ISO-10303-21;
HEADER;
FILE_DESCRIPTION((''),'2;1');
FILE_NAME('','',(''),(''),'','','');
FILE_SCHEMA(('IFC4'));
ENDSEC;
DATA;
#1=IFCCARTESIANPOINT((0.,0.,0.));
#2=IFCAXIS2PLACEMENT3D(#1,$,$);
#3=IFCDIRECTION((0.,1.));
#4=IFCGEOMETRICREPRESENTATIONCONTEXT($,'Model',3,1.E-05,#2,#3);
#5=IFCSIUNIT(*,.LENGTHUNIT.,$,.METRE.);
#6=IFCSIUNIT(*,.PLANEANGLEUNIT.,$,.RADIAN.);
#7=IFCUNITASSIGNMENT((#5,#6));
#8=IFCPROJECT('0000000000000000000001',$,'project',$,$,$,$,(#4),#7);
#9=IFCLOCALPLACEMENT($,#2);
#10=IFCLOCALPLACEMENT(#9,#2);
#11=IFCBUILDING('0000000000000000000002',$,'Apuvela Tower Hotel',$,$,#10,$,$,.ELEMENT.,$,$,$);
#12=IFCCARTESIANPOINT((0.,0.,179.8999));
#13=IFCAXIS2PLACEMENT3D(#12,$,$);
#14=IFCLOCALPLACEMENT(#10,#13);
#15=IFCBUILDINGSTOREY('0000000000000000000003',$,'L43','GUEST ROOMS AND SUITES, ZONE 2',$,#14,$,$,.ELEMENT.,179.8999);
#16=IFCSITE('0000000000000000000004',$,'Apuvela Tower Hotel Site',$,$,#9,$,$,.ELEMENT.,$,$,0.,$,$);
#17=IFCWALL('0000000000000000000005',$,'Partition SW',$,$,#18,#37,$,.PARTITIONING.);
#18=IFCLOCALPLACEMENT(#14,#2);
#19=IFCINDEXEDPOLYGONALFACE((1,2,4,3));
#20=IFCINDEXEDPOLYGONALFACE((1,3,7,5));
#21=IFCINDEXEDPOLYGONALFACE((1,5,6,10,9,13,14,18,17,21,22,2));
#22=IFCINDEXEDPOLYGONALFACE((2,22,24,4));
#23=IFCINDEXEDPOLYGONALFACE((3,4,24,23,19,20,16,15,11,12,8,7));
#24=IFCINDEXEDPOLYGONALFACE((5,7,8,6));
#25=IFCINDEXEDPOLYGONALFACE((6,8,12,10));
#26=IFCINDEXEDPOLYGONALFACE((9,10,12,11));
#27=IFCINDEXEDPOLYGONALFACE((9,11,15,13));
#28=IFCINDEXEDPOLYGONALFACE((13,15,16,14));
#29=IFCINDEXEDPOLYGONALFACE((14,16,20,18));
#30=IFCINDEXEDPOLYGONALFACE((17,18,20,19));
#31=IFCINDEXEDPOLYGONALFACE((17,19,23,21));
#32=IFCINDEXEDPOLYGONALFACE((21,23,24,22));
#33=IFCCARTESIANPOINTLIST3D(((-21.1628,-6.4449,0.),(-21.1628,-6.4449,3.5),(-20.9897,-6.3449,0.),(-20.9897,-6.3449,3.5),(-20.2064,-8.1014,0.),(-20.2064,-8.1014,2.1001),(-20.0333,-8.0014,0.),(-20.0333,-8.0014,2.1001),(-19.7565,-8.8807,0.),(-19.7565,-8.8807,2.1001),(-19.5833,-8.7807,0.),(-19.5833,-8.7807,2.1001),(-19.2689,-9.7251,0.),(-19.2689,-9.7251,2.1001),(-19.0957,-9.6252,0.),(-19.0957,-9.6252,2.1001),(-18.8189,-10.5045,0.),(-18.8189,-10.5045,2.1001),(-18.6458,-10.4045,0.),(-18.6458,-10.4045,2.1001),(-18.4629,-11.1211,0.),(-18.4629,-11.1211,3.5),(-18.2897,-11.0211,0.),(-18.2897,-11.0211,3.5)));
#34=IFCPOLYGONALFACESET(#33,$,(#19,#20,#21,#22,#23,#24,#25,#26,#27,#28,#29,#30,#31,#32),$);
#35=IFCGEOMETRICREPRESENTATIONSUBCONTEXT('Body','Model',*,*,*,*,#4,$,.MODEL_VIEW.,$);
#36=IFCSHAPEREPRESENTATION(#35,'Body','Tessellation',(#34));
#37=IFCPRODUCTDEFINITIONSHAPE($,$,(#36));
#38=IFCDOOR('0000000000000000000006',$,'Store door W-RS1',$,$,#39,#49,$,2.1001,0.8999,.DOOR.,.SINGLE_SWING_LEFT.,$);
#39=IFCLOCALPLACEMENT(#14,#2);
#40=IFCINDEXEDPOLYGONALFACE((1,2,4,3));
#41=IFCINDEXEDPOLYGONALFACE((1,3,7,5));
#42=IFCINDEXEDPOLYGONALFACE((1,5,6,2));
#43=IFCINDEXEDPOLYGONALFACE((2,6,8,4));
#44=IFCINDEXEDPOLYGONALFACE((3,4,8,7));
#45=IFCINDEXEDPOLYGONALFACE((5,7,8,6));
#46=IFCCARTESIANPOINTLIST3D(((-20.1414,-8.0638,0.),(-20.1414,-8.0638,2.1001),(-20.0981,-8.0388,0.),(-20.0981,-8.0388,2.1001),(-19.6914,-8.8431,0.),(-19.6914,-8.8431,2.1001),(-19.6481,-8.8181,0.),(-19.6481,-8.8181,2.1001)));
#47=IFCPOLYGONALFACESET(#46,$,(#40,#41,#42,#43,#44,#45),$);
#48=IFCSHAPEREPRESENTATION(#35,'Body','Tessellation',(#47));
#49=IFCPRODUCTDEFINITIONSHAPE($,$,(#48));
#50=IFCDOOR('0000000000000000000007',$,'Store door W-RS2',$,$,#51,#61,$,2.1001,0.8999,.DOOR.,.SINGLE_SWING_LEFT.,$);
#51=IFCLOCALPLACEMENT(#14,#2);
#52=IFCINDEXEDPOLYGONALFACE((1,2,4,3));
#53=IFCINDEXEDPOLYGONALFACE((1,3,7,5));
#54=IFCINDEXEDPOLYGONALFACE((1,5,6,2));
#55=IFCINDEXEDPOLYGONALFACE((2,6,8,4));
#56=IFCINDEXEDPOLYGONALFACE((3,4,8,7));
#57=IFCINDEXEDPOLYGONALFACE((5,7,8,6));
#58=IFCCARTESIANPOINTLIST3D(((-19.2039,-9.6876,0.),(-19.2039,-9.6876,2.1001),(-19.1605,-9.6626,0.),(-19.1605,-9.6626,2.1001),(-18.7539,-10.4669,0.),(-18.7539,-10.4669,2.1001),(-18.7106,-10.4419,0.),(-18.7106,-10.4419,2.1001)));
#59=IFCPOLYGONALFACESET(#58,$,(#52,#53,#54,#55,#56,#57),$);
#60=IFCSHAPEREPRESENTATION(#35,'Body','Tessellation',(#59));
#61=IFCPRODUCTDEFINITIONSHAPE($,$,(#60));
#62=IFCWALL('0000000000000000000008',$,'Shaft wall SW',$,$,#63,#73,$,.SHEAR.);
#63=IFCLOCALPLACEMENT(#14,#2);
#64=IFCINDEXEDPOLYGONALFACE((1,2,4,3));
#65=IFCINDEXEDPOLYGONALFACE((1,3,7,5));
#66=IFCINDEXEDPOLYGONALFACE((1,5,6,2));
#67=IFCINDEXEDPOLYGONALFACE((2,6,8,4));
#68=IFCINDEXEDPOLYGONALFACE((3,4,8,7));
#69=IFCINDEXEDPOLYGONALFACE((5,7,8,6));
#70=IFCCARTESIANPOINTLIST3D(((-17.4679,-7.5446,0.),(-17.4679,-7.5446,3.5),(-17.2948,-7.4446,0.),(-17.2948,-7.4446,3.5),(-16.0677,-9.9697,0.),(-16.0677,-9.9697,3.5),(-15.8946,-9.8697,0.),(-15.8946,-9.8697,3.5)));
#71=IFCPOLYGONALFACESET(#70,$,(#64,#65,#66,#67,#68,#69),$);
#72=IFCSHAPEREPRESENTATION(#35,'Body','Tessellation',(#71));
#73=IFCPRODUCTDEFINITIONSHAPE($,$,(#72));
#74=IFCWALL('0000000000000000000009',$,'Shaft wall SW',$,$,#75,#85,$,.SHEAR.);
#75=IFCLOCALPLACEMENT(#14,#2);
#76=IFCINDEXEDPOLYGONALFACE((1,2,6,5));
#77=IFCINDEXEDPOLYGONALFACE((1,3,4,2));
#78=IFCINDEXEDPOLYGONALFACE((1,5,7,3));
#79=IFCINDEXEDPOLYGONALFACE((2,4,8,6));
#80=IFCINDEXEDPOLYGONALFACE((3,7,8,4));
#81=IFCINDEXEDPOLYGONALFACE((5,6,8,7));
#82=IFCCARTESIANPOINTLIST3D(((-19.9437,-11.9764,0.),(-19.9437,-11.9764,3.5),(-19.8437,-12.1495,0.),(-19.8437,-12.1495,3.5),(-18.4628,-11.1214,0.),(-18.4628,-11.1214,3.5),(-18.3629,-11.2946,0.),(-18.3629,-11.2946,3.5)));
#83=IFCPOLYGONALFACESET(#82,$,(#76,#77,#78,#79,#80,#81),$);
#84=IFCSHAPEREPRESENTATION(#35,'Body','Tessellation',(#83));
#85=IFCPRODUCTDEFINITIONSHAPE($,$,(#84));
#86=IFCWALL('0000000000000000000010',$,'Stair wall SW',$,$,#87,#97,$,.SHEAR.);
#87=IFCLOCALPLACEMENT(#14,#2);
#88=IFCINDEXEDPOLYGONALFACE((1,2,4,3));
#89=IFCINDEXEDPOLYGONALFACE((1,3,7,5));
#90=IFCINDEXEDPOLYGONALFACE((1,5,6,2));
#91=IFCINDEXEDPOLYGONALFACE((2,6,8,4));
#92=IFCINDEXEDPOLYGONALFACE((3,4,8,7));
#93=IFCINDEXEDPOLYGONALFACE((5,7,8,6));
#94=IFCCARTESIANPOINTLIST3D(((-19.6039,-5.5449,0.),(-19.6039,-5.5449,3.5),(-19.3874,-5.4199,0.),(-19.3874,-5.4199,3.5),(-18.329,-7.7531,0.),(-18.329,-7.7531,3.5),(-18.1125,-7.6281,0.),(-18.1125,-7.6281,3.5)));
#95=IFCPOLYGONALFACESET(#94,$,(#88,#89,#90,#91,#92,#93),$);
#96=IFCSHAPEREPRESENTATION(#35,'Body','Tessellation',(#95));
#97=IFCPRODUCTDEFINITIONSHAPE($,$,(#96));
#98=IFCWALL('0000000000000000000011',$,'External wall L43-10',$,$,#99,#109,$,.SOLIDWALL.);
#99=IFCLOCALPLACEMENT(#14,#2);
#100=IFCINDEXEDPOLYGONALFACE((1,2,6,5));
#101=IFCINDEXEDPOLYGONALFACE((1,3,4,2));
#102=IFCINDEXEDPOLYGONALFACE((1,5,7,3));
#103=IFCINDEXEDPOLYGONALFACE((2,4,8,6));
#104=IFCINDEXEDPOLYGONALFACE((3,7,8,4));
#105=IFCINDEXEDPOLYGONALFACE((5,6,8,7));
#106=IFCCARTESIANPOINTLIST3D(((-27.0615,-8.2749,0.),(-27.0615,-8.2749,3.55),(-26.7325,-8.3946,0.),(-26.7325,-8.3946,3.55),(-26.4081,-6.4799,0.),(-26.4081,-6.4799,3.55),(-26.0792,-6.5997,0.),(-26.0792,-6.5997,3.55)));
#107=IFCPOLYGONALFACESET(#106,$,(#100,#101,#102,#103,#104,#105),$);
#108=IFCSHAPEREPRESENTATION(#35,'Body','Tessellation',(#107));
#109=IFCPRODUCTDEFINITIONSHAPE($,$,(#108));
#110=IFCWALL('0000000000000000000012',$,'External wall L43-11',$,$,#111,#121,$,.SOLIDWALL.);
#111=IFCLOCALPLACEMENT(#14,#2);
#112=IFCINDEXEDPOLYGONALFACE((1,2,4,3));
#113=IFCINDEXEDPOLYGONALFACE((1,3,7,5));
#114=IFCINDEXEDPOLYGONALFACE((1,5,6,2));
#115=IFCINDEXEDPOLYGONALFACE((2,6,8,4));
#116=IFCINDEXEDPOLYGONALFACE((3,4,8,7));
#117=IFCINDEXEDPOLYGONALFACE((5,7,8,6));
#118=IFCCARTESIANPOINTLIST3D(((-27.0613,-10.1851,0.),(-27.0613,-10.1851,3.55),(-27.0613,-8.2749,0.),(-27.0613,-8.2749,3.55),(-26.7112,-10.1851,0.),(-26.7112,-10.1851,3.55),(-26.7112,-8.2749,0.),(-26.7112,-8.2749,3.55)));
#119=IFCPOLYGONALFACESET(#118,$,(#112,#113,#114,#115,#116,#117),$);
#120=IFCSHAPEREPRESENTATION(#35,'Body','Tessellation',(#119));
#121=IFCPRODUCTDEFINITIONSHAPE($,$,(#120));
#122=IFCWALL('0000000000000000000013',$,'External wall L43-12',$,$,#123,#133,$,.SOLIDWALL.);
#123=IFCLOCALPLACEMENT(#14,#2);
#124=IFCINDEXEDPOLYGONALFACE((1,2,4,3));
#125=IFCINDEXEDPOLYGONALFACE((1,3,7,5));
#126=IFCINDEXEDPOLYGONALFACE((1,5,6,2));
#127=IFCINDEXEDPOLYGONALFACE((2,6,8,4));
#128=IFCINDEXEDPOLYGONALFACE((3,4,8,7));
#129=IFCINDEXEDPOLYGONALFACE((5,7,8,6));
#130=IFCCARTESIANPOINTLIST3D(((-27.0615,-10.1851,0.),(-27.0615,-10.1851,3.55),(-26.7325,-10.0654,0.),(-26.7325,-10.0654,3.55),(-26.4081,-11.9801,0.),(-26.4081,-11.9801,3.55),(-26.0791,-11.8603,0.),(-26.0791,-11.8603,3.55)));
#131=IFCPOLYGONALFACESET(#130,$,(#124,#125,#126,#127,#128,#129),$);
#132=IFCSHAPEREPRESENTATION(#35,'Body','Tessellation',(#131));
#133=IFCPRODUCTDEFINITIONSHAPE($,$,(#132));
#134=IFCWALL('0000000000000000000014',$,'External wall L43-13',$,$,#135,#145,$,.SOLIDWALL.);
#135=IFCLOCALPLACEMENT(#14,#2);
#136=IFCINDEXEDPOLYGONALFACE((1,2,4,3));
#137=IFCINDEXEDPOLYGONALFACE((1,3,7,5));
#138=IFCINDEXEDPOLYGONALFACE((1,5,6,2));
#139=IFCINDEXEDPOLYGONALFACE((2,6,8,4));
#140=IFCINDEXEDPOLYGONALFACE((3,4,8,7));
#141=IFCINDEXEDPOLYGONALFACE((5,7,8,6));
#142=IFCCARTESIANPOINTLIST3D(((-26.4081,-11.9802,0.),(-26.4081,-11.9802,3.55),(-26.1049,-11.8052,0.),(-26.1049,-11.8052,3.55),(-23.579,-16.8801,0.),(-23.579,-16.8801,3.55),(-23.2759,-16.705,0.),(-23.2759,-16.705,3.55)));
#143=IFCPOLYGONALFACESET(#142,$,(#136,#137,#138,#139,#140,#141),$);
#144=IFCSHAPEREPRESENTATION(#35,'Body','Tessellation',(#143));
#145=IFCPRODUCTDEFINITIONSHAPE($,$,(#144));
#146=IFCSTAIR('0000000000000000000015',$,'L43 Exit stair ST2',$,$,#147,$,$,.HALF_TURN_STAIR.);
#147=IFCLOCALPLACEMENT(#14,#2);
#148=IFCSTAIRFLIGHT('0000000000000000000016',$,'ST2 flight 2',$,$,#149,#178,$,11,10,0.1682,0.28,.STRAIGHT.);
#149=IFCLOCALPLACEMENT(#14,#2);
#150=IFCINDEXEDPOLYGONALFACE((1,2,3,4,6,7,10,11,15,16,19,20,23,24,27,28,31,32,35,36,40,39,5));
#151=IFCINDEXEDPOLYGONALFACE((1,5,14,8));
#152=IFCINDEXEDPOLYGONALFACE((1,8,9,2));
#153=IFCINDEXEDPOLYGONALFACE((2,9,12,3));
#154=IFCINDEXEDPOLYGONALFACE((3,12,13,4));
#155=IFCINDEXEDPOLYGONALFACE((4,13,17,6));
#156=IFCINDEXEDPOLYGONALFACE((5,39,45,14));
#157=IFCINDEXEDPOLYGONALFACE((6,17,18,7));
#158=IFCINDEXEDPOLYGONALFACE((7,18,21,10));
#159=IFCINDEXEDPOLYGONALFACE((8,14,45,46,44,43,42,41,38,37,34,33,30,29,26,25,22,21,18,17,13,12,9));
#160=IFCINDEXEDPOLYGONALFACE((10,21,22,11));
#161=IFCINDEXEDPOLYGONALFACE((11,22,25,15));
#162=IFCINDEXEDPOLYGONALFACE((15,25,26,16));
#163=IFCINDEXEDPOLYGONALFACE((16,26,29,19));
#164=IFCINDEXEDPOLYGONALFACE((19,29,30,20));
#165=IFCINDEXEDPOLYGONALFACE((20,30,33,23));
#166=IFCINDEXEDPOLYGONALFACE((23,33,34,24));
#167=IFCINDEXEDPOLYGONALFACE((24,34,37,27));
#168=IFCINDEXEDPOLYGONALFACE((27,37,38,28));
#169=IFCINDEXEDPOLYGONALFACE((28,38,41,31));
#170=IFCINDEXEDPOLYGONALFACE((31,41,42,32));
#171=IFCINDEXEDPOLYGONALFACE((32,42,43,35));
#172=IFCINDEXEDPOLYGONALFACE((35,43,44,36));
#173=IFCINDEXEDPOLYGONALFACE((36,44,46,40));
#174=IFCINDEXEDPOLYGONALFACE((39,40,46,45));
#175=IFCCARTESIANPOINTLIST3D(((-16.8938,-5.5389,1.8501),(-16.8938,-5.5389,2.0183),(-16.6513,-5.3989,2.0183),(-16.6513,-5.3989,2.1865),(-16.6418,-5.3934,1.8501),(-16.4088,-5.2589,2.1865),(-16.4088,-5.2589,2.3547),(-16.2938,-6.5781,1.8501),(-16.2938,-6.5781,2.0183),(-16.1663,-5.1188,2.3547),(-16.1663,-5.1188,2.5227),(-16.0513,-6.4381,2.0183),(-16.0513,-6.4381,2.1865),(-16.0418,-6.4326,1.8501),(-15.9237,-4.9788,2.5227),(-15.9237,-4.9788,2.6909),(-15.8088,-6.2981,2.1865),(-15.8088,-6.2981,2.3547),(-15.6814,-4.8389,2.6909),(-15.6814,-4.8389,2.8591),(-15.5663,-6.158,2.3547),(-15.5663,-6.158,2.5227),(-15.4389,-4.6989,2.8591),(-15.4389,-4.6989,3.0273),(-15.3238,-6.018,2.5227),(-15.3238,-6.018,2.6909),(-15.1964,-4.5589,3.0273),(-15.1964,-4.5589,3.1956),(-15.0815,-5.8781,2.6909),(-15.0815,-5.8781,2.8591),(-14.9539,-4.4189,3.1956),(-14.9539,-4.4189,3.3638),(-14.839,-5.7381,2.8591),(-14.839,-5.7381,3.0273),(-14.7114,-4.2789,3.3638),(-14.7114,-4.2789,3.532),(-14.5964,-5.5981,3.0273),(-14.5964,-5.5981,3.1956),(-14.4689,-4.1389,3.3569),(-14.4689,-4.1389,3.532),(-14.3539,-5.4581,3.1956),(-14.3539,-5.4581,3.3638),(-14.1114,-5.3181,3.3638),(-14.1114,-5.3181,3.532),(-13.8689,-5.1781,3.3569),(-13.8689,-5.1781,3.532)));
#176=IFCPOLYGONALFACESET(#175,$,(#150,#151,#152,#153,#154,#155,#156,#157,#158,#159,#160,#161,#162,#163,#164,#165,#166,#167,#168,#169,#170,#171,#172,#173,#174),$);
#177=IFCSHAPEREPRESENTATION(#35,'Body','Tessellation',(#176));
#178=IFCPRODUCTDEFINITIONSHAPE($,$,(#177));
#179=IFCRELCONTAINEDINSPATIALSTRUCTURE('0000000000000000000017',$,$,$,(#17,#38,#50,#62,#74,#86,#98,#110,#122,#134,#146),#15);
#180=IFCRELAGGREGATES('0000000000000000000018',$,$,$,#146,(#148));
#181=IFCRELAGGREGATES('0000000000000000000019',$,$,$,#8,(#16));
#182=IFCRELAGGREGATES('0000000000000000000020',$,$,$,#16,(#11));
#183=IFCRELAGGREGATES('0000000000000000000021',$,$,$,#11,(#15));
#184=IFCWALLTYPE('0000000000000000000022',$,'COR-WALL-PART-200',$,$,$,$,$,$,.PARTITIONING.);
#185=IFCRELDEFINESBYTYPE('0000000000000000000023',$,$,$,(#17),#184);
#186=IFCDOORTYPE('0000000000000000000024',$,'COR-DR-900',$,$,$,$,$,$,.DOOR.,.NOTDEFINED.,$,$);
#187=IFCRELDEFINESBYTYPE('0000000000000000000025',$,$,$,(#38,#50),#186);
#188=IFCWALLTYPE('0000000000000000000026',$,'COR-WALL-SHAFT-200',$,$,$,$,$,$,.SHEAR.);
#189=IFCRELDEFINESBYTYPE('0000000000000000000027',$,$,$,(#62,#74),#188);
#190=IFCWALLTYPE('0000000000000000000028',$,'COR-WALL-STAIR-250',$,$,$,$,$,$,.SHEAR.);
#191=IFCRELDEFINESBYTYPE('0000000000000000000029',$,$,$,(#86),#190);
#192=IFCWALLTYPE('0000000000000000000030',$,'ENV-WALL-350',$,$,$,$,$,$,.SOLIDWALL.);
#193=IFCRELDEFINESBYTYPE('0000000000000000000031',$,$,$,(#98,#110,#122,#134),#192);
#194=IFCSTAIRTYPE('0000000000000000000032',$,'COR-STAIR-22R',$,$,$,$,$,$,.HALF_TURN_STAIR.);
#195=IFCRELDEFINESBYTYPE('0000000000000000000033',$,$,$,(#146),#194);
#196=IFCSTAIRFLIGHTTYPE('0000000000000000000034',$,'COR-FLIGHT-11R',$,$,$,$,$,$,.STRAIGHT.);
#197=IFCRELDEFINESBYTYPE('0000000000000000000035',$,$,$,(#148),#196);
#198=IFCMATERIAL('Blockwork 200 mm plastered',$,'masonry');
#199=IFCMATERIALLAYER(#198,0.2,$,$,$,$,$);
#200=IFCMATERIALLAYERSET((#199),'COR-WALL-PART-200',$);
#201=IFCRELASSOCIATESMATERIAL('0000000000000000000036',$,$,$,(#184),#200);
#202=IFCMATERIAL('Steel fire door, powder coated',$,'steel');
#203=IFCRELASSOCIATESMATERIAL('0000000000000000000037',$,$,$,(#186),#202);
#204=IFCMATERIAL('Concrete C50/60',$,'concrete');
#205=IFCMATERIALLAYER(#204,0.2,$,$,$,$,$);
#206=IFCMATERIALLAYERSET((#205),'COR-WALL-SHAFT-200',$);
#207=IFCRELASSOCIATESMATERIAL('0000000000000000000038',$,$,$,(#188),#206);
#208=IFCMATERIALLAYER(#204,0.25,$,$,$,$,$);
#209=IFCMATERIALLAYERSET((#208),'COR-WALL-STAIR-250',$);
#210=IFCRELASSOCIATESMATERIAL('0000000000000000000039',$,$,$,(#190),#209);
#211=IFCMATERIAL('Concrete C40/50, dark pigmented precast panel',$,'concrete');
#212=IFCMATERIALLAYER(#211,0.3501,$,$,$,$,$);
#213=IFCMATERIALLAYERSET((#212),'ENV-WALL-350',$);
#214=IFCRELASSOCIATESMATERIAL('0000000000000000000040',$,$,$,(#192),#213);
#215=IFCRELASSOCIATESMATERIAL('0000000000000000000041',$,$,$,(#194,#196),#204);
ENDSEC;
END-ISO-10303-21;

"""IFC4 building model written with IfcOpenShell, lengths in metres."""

from ifc_helpers import new_model, si_unit, direction, frame, frame_2d, origin, place, context, subcontext, project, spatial, polyline, rectangle, outline, extrude, material, layer, layer_set, type_object, element, fill, aggregate, save


model = new_model("IFC4")

# Units and contexts
model_context = context("Model", 3, precision=1e-05, world=origin(), true_north=direction((0.0, 1.0)))
body_context = subcontext(model_context, "Body", "Model", "MODEL_VIEW")
ifc_project = project(units=[si_unit("LENGTHUNIT", "METRE"), si_unit("PLANEANGLEUNIT", "RADIAN")], contexts=[model_context])

# Site, building, storey
site_placement = place(None, origin())
site = spatial("IfcSite", under=ifc_project, at=site_placement, Name="Apuvela Tower Hotel Site", CompositionType="ELEMENT", RefElevation=0.0)
building_placement = place(site_placement, origin())
building = spatial("IfcBuilding", under=site, at=building_placement, Name="Apuvela Tower Hotel", CompositionType="ELEMENT")
storey_placement = place(building_placement, frame((0.0, 0.0, 179.8999)))
storey = spatial("IfcBuildingStorey", under=building, at=storey_placement, Name="L43", Description="GUEST ROOMS AND SUITES, ZONE 2", CompositionType="ELEMENT", Elevation=179.8999)

# Wall, openings, doors
ifc_material_1 = material(Name="Blockwork 200 mm plastered", Category="masonry")
ifc_layer_1 = layer(ifc_material_1, 0.2)
ifc_layer_set_1 = layer_set([ifc_layer_1], Name="COR-WALL-PART-200")
wall_type_1 = type_object("IfcWallType", Name="COR-WALL-PART-200", PredefinedType="PARTITIONING", material=ifc_layer_set_1)
wall_1_placement = place(storey_placement, frame((-21.0762, -6.395, 0.0), z_axis=(0.0, 0.0, 1.0), x_axis=(0.500015, -0.866017, 0.0)))
wall_1 = element("IfcWall", 1, at=wall_1_placement, inside=storey, type_object=wall_type_1, Name="Partition SW", PredefinedType="PARTITIONING", context=body_context, shape_type="SweptSolid", body=[
    extrude(rectangle(XDim=5.3997, YDim=0.2, at=frame_2d((2.6997, 0.0))), origin(), (0.0, 0.0, 1.0), 3.5),
])
opening_1_placement = place(wall_1_placement, frame((1.9126, 0.0, 0.0)))
opening_1 = element("IfcOpeningElement", 2, at=opening_1_placement, cuts=wall_1, PredefinedType="OPENING", context=body_context, shape_type="SweptSolid", body=[
    extrude(rectangle(XDim=0.8999, YDim=2.1001, at=frame_2d((0.45, 1.05))), frame((0.0, 0.1099, 0.0), z_axis=(0.0, -1.0, 0.0), x_axis=(1.0, 0.0, 0.0)), (0.0, 0.0, 1.0), 0.22),
])
opening_2_placement = place(wall_1_placement, frame((3.7876, 0.0, 0.0)))
opening_2 = element("IfcOpeningElement", 3, at=opening_2_placement, cuts=wall_1, PredefinedType="OPENING", context=body_context, shape_type="SweptSolid", body=[
    extrude(rectangle(XDim=0.8999, YDim=2.1001, at=frame_2d((0.45, 1.05))), frame((0.0, 0.1099, 0.0), z_axis=(0.0, -1.0, 0.0), x_axis=(1.0, 0.0, 0.0)), (0.0, 0.0, 1.0), 0.22),
])
ifc_material_2 = material(Name="Steel fire door, powder coated", Category="steel")
door_type_1 = type_object("IfcDoorType", Name="COR-DR-900", OperationType="NOTDEFINED", PredefinedType="DOOR", material=ifc_material_2)
door_1_placement = place(opening_1_placement, frame((0.8999, 0.0, 0.0), z_axis=(0.0, 0.0, 1.0), x_axis=(-1.0, 0.0, 0.0)))
door_1 = element("IfcDoor", 4, at=door_1_placement, inside=storey, type_object=door_type_1, Name="Store door W-RS1", OperationType="SINGLE_SWING_LEFT", OverallHeight=2.1001, OverallWidth=0.8999, PredefinedType="DOOR", context=body_context, shape_type="SweptSolid", body=[
    extrude(rectangle(XDim=0.8999, YDim=2.1001, at=frame_2d((0.45, 1.05))), frame((0.0, 0.0249, 0.0), z_axis=(0.0, -1.0, 0.0), x_axis=(1.0, 0.0, 0.0)), (0.0, 0.0, 1.0), 0.05),
])
fill(opening_1, door_1)
door_2_placement = place(opening_2_placement, frame((0.8999, 0.0, 0.0), z_axis=(0.0, 0.0, 1.0), x_axis=(-1.0, 0.0, 0.0)))
door_2 = element("IfcDoor", 5, at=door_2_placement, inside=storey, type_object=door_type_1, Name="Store door W-RS2", OperationType="SINGLE_SWING_LEFT", OverallHeight=2.1001, OverallWidth=0.8999, PredefinedType="DOOR", context=body_context, shape_type="SweptSolid", body=[
    extrude(rectangle(XDim=0.8999, YDim=2.1001, at=frame_2d((0.45, 1.05))), frame((0.0, 0.0249, 0.0), z_axis=(0.0, -1.0, 0.0), x_axis=(1.0, 0.0, 0.0)), (0.0, 0.0, 1.0), 0.05),
])
fill(opening_2, door_2)

# Walls
ifc_material_3 = material(Name="Concrete C50/60", Category="concrete")
ifc_layer_2 = layer(ifc_material_3, 0.2)
ifc_layer_set_2 = layer_set([ifc_layer_2], Name="COR-WALL-SHAFT-200")
wall_type_2 = type_object("IfcWallType", Name="COR-WALL-SHAFT-200", PredefinedType="SHEAR", material=ifc_layer_set_2)
wall_2_placement = place(storey_placement, frame((-17.3813, -7.4946, 0.0), z_axis=(0.0, 0.0, 1.0), x_axis=(0.500012, -0.866019, 0.0)))
element("IfcWall", 6, at=wall_2_placement, inside=storey, type_object=wall_type_2, Name="Shaft wall SW", PredefinedType="SHEAR", context=body_context, shape_type="SweptSolid", body=[
    extrude(rectangle(XDim=2.8003, YDim=0.2, at=frame_2d((1.4001, 0.0))), origin(), (0.0, 0.0, 1.0), 3.5),
])
wall_3_placement = place(storey_placement, frame((-18.4128, -11.208, 0.0), z_axis=(0.0, 0.0, 1.0), x_axis=(-0.866038, -0.499978, 0.0)))
element("IfcWall", 7, at=wall_3_placement, inside=storey, type_object=wall_type_2, Name="Shaft wall SW", PredefinedType="SHEAR", context=body_context, shape_type="SweptSolid", body=[
    extrude(rectangle(XDim=1.71, YDim=0.2, at=frame_2d((0.855, 0.0))), origin(), (0.0, 0.0, 1.0), 3.5),
])
ifc_layer_3 = layer(ifc_material_3, 0.25)
ifc_layer_set_3 = layer_set([ifc_layer_3], Name="COR-WALL-STAIR-250")
wall_type_3 = type_object("IfcWallType", Name="COR-WALL-STAIR-250", PredefinedType="SHEAR", material=ifc_layer_set_3)
wall_4_placement = place(storey_placement, frame((-19.4956, -5.4824, 0.0), z_axis=(0.0, 0.0, 1.0), x_axis=(0.49999, -0.866031, 0.0)))
element("IfcWall", 8, at=wall_4_placement, inside=storey, type_object=wall_type_3, Name="Stair wall SW", PredefinedType="SHEAR", context=body_context, shape_type="SweptSolid", body=[
    extrude(rectangle(XDim=2.5498, YDim=0.25, at=frame_2d((1.2749, 0.0))), origin(), (0.0, 0.0, 1.0), 3.5),
])
ifc_material_4 = material(Name="Concrete C40/50, dark pigmented precast panel", Category="concrete")
ifc_layer_4 = layer(ifc_material_4, 0.3501)
ifc_layer_set_4 = layer_set([ifc_layer_4], Name="ENV-WALL-350")
wall_type_4 = type_object("IfcWallType", Name="ENV-WALL-350", PredefinedType="SOLIDWALL", material=ifc_layer_set_4)
for number, where, z_axis, x_axis, name in (
    (9, (-26.2437, -6.5398, 0.0), (0.0, 0.0, 1.0), (-0.34203, -0.939689, 0.0), "External wall L43-10"),
    (10, (-26.8862, -8.2749, 0.0), (0.0, 0.0, 1.0), (0.0, -1.0, 0.0), "External wall L43-11"),
    (11, (-26.897, -10.1252, 0.0), (0.0, 0.0, 1.0), (0.34203, -0.939689, 0.0), "External wall L43-12"),
):
    element("IfcWall", number, at=place(storey_placement, frame(where, z_axis=z_axis, x_axis=x_axis)), inside=storey, type_object=wall_type_4, Name=name, PredefinedType="SOLIDWALL", context=body_context, shape_type="SweptSolid", body=[
        extrude(rectangle(XDim=1.9102, YDim=0.3501, at=frame_2d((0.9551, 0.0))), origin(), (0.0, 0.0, 1.0), 3.55),
    ])
wall_5_placement = place(storey_placement, frame((-26.2566, -11.8926, 0.0), z_axis=(0.0, 0.0, 1.0), x_axis=(0.500019, -0.866015, 0.0)))
element("IfcWall", 12, at=wall_5_placement, inside=storey, type_object=wall_type_4, Name="External wall L43-13", PredefinedType="SOLIDWALL", context=body_context, shape_type="SweptSolid", body=[
    extrude(rectangle(XDim=5.658, YDim=0.3501, at=frame_2d((2.8291, 0.0))), origin(), (0.0, 0.0, 1.0), 3.55),
])

# Stair, stair flight
stair_type = type_object("IfcStairType", Name="COR-STAIR-22R", PredefinedType="HALF_TURN_STAIR", material=ifc_material_3)
stair_placement = place(storey_placement, origin())
stair = element("IfcStair", 13, at=stair_placement, inside=storey, type_object=stair_type, Name="L43 Exit stair ST2", PredefinedType="HALF_TURN_STAIR")
stair_flight_type = type_object("IfcStairFlightType", Name="COR-FLIGHT-11R", PredefinedType="STRAIGHT", material=ifc_material_3)
stair_flight_placement = place(storey_placement, frame((-16.5938, -6.0586, 1.8501), z_axis=(0.0, 0.0, 1.0), x_axis=(0.866025, 0.5, 0.0)))
stair_flight = element("IfcStairFlight", 14, at=stair_flight_placement, type_object=stair_flight_type, Name="ST2 flight 2", NumberOfRisers=11, NumberOfTreads=10, PredefinedType="STRAIGHT", RiserHeight=0.1682, TreadLength=0.28, context=body_context, shape_type="SweptSolid", body=[
    extrude(outline(polyline([(0.0, 0.0), (0.0, 0.1682), (0.28, 0.1682), (0.28, 0.3364), (0.5601, 0.3364), (0.5601, 0.5046), (0.8401, 0.5046), (0.8401, 0.6726), (1.1201, 0.6726), (1.1201, 0.8408), (1.3999, 0.8408), (1.3999, 1.009), (1.6799, 1.009), (1.6799, 1.1772), (1.96, 1.1772), (1.96, 1.3455), (2.24, 1.3455), (2.24, 1.5137), (2.52, 1.5137), (2.52, 1.6819), (2.8, 1.6819), (2.8, 1.8501), (2.8, 1.5068), (0.291, 0.0), (0.0, 0.0)])), frame((0.0, 0.6001, 0.0), z_axis=(0.0, -1.0, 0.0), x_axis=(1.0, 0.0, 0.0)), (0.0, 0.0, 1.0), 1.2),
])
aggregate(stair, [stair_flight])

save(model, "model.ifc")
